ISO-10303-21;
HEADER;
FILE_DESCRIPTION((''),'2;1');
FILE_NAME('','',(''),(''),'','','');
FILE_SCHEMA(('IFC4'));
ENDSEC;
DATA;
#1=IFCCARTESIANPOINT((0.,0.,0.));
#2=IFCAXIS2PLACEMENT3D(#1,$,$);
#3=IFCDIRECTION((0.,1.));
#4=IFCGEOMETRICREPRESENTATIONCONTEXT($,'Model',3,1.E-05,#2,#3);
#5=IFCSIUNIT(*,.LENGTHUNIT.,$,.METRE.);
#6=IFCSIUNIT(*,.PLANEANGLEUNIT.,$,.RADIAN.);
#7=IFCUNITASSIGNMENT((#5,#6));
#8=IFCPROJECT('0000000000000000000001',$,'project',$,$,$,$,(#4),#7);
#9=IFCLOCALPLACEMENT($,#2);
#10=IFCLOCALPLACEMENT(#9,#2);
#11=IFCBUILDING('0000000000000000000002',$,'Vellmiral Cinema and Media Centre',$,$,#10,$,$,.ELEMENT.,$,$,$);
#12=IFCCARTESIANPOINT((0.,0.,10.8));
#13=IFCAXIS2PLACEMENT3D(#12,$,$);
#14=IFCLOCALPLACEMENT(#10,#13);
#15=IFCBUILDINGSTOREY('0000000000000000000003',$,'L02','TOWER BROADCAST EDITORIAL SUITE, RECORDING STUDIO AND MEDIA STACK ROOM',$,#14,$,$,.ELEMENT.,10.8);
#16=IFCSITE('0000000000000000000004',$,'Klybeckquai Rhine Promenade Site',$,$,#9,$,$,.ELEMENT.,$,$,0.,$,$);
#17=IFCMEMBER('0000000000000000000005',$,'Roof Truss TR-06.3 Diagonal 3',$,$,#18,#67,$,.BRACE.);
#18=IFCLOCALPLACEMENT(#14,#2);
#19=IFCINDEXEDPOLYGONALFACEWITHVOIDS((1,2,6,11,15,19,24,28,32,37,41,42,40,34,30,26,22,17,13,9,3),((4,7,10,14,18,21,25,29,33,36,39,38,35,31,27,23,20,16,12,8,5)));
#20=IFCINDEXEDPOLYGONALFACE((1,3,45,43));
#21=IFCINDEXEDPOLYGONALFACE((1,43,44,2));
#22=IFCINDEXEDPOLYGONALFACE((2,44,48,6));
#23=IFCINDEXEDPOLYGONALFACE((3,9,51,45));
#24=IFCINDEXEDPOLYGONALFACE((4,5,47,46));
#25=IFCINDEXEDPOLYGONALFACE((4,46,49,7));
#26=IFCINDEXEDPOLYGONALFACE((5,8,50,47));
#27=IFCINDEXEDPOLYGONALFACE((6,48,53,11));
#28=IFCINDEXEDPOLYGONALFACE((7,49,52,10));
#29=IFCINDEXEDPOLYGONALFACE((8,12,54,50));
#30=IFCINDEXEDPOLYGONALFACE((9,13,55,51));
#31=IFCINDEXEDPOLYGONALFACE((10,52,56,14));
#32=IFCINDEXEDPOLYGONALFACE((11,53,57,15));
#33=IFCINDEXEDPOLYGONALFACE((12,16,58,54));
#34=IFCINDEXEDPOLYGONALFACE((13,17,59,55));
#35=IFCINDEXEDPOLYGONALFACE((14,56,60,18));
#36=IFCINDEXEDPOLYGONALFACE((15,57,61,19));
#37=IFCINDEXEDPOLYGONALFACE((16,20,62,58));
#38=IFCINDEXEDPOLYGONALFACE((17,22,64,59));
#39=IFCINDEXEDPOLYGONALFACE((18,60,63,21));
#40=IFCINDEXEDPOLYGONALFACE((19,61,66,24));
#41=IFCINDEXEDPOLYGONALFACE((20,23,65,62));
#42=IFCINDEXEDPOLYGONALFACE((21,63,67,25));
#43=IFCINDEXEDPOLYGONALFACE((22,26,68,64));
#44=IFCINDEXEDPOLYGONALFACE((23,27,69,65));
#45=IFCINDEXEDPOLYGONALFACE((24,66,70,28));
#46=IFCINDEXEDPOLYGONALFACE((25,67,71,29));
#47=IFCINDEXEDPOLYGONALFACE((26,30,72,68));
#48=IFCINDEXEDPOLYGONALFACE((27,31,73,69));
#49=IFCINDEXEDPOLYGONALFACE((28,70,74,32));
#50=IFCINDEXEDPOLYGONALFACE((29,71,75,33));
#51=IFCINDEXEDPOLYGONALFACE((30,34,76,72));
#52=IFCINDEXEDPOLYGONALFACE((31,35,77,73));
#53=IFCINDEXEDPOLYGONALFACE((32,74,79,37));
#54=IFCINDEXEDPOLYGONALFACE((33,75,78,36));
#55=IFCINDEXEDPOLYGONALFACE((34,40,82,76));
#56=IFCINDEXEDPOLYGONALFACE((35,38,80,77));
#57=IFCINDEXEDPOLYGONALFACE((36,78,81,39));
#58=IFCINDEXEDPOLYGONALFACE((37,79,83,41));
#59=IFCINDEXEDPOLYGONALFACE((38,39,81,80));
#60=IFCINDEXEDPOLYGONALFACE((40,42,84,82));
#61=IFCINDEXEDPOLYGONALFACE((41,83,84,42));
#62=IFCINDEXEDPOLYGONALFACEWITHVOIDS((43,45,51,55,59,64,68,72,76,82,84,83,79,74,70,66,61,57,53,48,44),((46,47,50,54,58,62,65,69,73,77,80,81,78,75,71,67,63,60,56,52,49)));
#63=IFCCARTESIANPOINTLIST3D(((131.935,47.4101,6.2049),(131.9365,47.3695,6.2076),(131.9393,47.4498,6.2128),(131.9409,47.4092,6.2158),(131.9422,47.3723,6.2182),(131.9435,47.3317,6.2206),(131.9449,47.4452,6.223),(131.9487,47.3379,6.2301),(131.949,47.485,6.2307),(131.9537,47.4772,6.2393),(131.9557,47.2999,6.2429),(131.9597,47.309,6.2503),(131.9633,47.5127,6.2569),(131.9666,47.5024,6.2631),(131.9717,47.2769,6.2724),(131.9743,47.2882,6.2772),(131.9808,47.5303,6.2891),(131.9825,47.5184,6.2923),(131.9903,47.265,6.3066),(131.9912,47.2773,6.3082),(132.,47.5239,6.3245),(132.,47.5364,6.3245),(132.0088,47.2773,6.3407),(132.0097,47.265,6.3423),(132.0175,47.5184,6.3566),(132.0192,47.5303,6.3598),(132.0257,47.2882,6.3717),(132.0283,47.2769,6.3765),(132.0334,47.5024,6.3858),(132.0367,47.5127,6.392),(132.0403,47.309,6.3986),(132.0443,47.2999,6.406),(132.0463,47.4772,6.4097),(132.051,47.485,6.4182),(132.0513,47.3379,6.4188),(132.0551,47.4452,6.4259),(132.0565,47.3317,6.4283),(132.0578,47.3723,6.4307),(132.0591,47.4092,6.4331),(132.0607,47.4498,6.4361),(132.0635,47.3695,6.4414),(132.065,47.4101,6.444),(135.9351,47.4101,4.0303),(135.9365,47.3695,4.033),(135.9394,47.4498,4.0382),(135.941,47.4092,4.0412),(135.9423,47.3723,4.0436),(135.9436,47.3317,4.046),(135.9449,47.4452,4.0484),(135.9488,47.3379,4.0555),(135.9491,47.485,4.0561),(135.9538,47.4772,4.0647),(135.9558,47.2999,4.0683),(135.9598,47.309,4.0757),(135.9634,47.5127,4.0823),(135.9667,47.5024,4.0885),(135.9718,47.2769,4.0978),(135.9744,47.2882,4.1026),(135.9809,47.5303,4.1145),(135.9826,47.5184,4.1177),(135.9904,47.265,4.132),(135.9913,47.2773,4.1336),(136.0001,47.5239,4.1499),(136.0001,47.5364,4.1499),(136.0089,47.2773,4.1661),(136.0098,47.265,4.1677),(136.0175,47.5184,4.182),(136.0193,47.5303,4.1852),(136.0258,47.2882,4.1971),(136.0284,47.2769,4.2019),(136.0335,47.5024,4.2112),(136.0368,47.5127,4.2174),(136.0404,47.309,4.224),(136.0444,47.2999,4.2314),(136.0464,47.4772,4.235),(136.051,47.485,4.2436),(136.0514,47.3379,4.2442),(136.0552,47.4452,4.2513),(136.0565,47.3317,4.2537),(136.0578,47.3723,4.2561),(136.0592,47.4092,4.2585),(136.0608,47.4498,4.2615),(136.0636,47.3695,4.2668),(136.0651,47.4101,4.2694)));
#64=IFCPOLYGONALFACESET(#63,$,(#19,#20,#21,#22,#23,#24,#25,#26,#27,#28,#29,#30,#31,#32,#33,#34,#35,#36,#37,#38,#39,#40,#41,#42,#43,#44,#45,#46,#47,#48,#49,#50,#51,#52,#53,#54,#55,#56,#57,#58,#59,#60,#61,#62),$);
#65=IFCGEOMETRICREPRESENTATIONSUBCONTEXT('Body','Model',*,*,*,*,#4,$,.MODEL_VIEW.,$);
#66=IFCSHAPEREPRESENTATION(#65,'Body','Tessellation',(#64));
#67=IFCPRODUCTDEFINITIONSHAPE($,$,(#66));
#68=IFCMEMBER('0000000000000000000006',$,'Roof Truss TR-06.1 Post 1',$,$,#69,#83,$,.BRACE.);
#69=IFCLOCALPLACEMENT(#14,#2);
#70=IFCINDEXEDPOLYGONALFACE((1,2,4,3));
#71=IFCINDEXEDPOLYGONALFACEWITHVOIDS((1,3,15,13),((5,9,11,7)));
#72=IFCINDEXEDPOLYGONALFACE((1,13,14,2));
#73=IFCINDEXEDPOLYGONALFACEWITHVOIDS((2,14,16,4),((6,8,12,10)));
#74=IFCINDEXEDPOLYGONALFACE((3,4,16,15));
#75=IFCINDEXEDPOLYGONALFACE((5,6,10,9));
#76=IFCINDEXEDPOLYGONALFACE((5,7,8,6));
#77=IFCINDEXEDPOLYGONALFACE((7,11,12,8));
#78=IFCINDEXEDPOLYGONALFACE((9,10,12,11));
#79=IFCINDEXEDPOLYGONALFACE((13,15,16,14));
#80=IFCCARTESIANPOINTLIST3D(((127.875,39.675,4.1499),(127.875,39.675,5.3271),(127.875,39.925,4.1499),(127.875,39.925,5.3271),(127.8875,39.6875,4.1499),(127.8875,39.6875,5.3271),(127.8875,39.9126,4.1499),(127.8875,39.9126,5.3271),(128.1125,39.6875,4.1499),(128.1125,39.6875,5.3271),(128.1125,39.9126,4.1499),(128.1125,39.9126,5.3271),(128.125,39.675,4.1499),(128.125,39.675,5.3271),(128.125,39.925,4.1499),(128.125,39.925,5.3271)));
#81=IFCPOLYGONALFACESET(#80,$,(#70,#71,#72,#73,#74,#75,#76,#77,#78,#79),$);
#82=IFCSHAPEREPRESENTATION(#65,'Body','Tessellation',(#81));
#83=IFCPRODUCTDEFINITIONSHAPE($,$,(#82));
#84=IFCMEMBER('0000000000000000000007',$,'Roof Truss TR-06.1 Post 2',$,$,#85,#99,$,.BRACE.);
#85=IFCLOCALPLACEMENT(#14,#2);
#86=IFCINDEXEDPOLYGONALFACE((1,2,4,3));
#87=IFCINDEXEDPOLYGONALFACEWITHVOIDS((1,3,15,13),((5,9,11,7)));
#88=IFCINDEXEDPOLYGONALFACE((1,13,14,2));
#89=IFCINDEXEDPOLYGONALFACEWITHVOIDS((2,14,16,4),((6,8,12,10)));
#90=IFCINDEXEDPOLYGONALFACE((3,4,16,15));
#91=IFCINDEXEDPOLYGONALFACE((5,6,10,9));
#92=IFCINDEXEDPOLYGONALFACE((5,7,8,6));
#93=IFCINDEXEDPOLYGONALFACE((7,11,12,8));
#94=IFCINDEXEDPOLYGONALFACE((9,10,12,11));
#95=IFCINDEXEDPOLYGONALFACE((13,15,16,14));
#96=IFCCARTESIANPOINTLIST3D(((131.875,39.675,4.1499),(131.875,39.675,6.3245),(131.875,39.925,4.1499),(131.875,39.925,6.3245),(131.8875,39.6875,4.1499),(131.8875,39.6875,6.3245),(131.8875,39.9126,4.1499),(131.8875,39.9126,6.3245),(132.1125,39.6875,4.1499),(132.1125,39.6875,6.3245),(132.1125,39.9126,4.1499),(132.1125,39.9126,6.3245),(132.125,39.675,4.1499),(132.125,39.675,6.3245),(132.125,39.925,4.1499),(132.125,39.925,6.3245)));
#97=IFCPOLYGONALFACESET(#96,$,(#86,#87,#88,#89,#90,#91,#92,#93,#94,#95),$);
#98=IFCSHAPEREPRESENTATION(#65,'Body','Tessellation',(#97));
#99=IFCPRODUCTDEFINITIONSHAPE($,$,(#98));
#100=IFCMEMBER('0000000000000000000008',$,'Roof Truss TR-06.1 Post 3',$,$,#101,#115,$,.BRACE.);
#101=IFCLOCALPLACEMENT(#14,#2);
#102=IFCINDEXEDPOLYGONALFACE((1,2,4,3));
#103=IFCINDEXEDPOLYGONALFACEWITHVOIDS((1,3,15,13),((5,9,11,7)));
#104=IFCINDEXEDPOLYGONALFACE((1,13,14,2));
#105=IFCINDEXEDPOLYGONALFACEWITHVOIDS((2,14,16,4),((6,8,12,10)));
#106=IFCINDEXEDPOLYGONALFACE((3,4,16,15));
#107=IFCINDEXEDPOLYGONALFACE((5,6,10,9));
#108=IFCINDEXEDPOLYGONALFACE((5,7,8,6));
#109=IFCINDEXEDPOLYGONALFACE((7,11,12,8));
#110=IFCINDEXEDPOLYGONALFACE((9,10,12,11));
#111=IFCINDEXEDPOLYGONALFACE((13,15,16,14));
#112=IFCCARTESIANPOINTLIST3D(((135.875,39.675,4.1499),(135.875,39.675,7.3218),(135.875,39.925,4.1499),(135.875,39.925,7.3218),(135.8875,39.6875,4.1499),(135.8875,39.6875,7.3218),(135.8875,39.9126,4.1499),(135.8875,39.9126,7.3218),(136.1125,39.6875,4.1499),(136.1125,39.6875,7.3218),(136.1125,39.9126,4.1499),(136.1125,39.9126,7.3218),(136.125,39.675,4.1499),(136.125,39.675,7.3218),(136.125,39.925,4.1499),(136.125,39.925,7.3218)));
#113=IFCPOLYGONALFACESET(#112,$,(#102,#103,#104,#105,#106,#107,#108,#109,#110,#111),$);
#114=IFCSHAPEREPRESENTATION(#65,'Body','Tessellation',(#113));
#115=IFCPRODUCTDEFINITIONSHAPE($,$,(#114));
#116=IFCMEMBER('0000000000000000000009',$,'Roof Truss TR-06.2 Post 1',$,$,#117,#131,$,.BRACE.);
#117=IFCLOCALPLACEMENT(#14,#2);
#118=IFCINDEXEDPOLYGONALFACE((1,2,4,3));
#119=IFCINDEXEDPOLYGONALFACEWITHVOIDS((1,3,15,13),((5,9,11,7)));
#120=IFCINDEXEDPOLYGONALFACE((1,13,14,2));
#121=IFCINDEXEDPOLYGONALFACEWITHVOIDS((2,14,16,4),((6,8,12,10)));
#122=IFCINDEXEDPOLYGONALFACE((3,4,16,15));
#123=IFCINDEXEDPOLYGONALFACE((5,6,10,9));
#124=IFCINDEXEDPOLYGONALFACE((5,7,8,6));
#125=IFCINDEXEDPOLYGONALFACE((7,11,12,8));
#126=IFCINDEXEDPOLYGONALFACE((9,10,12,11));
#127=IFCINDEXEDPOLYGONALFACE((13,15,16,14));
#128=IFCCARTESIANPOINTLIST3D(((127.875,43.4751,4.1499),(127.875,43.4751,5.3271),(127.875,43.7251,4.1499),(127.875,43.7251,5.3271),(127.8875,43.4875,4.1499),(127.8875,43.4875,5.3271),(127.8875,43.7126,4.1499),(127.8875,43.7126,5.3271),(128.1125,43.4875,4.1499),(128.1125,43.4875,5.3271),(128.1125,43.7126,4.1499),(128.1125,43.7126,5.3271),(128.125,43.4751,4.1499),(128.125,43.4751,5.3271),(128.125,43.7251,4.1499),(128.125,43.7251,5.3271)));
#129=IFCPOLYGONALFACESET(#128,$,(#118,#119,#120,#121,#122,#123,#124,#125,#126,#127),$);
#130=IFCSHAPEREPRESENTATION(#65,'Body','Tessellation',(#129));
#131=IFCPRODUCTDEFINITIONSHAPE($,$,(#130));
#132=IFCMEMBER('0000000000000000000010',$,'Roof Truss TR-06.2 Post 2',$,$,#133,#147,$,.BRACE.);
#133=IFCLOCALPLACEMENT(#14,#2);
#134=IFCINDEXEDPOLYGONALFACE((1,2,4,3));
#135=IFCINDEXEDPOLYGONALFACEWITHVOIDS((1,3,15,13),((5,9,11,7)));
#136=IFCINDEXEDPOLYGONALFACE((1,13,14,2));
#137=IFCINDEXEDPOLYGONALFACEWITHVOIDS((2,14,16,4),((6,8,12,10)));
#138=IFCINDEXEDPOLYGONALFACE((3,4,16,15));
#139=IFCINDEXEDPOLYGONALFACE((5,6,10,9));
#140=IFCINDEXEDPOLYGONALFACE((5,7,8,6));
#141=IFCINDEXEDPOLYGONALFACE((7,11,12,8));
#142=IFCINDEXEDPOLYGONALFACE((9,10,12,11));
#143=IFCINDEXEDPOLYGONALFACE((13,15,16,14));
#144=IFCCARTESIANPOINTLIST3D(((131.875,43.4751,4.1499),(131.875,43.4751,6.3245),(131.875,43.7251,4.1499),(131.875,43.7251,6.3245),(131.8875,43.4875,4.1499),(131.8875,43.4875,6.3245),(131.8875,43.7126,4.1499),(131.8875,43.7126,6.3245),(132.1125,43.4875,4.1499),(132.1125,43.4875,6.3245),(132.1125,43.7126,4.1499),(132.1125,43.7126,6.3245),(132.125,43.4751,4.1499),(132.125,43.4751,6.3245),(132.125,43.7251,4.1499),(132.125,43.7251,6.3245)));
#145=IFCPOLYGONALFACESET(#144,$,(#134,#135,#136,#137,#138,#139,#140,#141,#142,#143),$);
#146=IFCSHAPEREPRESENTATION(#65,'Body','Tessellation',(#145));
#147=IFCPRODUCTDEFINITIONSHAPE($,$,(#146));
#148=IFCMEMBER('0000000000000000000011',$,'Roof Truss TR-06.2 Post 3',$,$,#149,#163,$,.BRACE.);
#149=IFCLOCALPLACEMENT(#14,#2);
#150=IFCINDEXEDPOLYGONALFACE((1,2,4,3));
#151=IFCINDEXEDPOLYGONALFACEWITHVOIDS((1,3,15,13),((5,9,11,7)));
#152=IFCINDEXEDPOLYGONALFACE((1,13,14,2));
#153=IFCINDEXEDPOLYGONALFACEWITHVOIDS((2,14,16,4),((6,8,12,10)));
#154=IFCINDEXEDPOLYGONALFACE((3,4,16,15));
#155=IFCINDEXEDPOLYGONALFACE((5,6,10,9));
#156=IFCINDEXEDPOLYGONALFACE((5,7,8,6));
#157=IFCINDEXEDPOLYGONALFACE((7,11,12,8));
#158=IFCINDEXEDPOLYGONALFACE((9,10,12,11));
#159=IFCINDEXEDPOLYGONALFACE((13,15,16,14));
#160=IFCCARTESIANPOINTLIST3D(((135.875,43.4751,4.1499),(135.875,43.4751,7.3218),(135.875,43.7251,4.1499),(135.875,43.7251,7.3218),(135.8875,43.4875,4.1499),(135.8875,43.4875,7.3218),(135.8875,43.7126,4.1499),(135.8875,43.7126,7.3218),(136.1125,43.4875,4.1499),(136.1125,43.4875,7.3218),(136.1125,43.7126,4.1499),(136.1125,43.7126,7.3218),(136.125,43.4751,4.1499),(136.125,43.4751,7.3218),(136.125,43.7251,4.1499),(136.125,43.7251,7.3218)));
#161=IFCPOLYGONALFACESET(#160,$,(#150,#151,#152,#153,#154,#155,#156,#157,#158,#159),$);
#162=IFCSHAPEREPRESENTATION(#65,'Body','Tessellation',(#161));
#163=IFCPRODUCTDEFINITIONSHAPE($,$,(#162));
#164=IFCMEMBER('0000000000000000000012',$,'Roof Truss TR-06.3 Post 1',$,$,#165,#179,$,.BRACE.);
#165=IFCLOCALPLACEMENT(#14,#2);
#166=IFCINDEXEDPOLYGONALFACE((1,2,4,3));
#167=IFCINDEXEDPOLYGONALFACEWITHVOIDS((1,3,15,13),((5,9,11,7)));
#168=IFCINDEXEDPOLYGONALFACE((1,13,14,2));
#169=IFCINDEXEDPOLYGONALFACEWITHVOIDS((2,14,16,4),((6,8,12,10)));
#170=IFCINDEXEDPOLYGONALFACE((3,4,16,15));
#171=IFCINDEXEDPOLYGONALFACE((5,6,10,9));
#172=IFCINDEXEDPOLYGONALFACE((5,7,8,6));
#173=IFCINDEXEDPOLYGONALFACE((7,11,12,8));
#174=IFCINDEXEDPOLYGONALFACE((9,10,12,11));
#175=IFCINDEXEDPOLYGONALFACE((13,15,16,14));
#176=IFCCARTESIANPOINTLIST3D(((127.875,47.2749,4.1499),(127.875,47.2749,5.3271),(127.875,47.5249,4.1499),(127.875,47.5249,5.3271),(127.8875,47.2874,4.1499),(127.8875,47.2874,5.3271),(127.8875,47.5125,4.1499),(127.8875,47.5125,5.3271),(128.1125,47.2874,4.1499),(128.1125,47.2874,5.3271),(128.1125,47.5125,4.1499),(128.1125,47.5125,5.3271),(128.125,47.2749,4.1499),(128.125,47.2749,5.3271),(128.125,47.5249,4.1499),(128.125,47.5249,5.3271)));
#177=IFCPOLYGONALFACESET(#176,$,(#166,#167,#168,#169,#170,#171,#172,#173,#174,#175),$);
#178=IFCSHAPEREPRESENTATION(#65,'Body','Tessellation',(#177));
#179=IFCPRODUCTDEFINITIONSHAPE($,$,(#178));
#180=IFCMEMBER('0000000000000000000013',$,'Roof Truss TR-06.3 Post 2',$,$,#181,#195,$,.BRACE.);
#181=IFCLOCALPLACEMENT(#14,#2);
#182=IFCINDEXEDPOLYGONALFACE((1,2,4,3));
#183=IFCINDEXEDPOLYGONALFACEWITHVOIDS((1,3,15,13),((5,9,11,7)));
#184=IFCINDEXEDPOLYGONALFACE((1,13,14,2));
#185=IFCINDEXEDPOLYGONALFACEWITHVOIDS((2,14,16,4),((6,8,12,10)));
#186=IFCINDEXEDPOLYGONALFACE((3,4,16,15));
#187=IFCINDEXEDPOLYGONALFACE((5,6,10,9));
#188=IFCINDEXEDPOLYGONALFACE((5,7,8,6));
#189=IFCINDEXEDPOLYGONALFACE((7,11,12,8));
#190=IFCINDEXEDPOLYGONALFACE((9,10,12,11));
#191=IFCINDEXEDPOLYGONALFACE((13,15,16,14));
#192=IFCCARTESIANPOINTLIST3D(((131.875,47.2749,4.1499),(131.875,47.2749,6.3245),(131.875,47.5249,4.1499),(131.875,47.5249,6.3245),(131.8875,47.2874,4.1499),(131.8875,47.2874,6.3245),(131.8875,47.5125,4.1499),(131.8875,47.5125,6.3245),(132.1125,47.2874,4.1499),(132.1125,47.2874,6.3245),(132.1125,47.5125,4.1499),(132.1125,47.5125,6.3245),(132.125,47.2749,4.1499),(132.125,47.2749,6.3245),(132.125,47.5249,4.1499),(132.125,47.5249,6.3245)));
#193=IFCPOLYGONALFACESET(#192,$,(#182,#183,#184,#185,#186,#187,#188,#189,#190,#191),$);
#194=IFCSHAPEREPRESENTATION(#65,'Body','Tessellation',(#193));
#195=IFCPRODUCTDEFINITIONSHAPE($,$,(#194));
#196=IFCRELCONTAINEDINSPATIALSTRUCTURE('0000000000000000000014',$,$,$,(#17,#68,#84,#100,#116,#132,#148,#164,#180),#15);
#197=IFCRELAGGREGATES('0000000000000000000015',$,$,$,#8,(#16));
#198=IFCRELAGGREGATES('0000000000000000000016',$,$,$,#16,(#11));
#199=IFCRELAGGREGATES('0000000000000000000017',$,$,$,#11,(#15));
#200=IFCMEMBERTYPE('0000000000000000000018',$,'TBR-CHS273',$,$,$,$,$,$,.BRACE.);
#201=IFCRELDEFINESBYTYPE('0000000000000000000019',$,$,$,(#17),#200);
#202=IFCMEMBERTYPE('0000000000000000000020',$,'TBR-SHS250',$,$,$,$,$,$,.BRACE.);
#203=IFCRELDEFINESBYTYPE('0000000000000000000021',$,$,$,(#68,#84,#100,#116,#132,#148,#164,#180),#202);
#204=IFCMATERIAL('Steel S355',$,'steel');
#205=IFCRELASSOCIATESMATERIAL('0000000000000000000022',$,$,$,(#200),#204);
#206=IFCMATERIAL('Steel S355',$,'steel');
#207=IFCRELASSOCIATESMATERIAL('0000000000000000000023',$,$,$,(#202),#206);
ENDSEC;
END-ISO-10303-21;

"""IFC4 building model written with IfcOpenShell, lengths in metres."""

from ifc_helpers import new_model, si_unit, direction, frame, origin, origin_2d, place, context, subcontext, project, spatial, hollow_rectangle, hollow_circle, extrude, material, material_profile, profile_set, type_object, element, save


model = new_model("IFC4")

# Units and contexts
model_context = context("Model", 3, precision=1e-05, world=origin(), true_north=direction((0.0, 1.0)))
body_context = subcontext(model_context, "Body", "Model", "MODEL_VIEW")
ifc_project = project(units=[si_unit("LENGTHUNIT", "METRE"), si_unit("PLANEANGLEUNIT", "RADIAN")], contexts=[model_context])

# Site, building, storey
site_placement = place(None, origin())
site = spatial("IfcSite", under=ifc_project, at=site_placement, Name="Klybeckquai Rhine Promenade Site", CompositionType="ELEMENT", RefElevation=0.0)
building_placement = place(site_placement, origin())
building = spatial("IfcBuilding", under=site, at=building_placement, Name="Vellmiral Cinema and Media Centre", CompositionType="ELEMENT")
storey_placement = place(building_placement, frame((0.0, 0.0, 10.8)))
storey = spatial("IfcBuildingStorey", under=building, at=storey_placement, Name="L02", Description="TOWER BROADCAST EDITORIAL SUITE, RECORDING STUDIO AND MEDIA STACK ROOM", CompositionType="ELEMENT", Elevation=10.8)

# Members
ifc_material_1 = material(Name="Steel S355", Category="steel")
ifc_material_profile_1 = material_profile(ifc_material_1, hollow_circle(Radius=0.1365, WallThickness=0.0125, at=origin_2d()), Name="CHS 273.0x12.5")
ifc_profile_set_1 = profile_set([ifc_material_profile_1], Name="Steel S355")
member_type_1 = type_object("IfcMemberType", Name="TBR-CHS273", PredefinedType="BRACE", material=ifc_profile_set_1)
member_1_placement = place(storey_placement, frame((132.0, 47.3999, 6.3245), z_axis=(0.878565, 0.0, -0.477623), x_axis=(0.0, 1.0, 0.0)))
element("IfcMember", 1, at=member_1_placement, inside=storey, type_object=member_type_1, Name="Roof Truss TR-06.3 Diagonal 3", PredefinedType="BRACE", context=body_context, shape_type="SweptSolid", body=[
    extrude(hollow_circle(Radius=0.1365, WallThickness=0.0125, at=origin_2d()), origin(), (0.0, 0.0, 1.0), 4.553),
])
ifc_material_2 = material(Name="Steel S355", Category="steel")
ifc_material_profile_2 = material_profile(ifc_material_2, hollow_rectangle(XDim=0.25, YDim=0.25, WallThickness=0.0125, at=origin_2d()), Name="SHS 250x250x12.5")
ifc_profile_set_2 = profile_set([ifc_material_profile_2], Name="Steel S355")
member_type_2 = type_object("IfcMemberType", Name="TBR-SHS250", PredefinedType="BRACE", material=ifc_profile_set_2)
member_2_placement = place(storey_placement, frame((128.0, 39.8, 4.1499), z_axis=(0.0, 0.0, 1.0), x_axis=(1.0, 0.0, 0.0)))
element("IfcMember", 2, at=member_2_placement, inside=storey, type_object=member_type_2, Name="Roof Truss TR-06.1 Post 1", PredefinedType="BRACE", context=body_context, shape_type="SweptSolid", body=[
    extrude(hollow_rectangle(XDim=0.25, YDim=0.25, WallThickness=0.0125, at=origin_2d()), origin(), (0.0, 0.0, 1.0), 1.1772),
])
member_3_placement = place(storey_placement, frame((132.0, 39.8, 4.1499), z_axis=(0.0, 0.0, 1.0), x_axis=(1.0, 0.0, 0.0)))
element("IfcMember", 3, at=member_3_placement, inside=storey, type_object=member_type_2, Name="Roof Truss TR-06.1 Post 2", PredefinedType="BRACE", context=body_context, shape_type="SweptSolid", body=[
    extrude(hollow_rectangle(XDim=0.25, YDim=0.25, WallThickness=0.0125, at=origin_2d()), origin(), (0.0, 0.0, 1.0), 2.1746),
])
member_4_placement = place(storey_placement, frame((136.0, 39.8, 4.1499), z_axis=(0.0, 0.0, 1.0), x_axis=(1.0, 0.0, 0.0)))
element("IfcMember", 4, at=member_4_placement, inside=storey, type_object=member_type_2, Name="Roof Truss TR-06.1 Post 3", PredefinedType="BRACE", context=body_context, shape_type="SweptSolid", body=[
    extrude(hollow_rectangle(XDim=0.25, YDim=0.25, WallThickness=0.0125, at=origin_2d()), origin(), (0.0, 0.0, 1.0), 3.1719),
])
member_5_placement = place(storey_placement, frame((128.0, 43.6001, 4.1499), z_axis=(0.0, 0.0, 1.0), x_axis=(1.0, 0.0, 0.0)))
element("IfcMember", 5, at=member_5_placement, inside=storey, type_object=member_type_2, Name="Roof Truss TR-06.2 Post 1", PredefinedType="BRACE", context=body_context, shape_type="SweptSolid", body=[
    extrude(hollow_rectangle(XDim=0.25, YDim=0.25, WallThickness=0.0125, at=origin_2d()), origin(), (0.0, 0.0, 1.0), 1.1772),
])
member_6_placement = place(storey_placement, frame((132.0, 43.6001, 4.1499), z_axis=(0.0, 0.0, 1.0), x_axis=(1.0, 0.0, 0.0)))
element("IfcMember", 6, at=member_6_placement, inside=storey, type_object=member_type_2, Name="Roof Truss TR-06.2 Post 2", PredefinedType="BRACE", context=body_context, shape_type="SweptSolid", body=[
    extrude(hollow_rectangle(XDim=0.25, YDim=0.25, WallThickness=0.0125, at=origin_2d()), origin(), (0.0, 0.0, 1.0), 2.1746),
])
member_7_placement = place(storey_placement, frame((136.0, 43.6001, 4.1499), z_axis=(0.0, 0.0, 1.0), x_axis=(1.0, 0.0, 0.0)))
element("IfcMember", 7, at=member_7_placement, inside=storey, type_object=member_type_2, Name="Roof Truss TR-06.2 Post 3", PredefinedType="BRACE", context=body_context, shape_type="SweptSolid", body=[
    extrude(hollow_rectangle(XDim=0.25, YDim=0.25, WallThickness=0.0125, at=origin_2d()), origin(), (0.0, 0.0, 1.0), 3.1719),
])
member_8_placement = place(storey_placement, frame((128.0, 47.3999, 4.1499), z_axis=(0.0, 0.0, 1.0), x_axis=(1.0, 0.0, 0.0)))
element("IfcMember", 8, at=member_8_placement, inside=storey, type_object=member_type_2, Name="Roof Truss TR-06.3 Post 1", PredefinedType="BRACE", context=body_context, shape_type="SweptSolid", body=[
    extrude(hollow_rectangle(XDim=0.25, YDim=0.25, WallThickness=0.0125, at=origin_2d()), origin(), (0.0, 0.0, 1.0), 1.1772),
])
member_9_placement = place(storey_placement, frame((132.0, 47.3999, 4.1499), z_axis=(0.0, 0.0, 1.0), x_axis=(1.0, 0.0, 0.0)))
element("IfcMember", 9, at=member_9_placement, inside=storey, type_object=member_type_2, Name="Roof Truss TR-06.3 Post 2", PredefinedType="BRACE", context=body_context, shape_type="SweptSolid", body=[
    extrude(hollow_rectangle(XDim=0.25, YDim=0.25, WallThickness=0.0125, at=origin_2d()), origin(), (0.0, 0.0, 1.0), 2.1746),
])

save(model, "model.ifc")
